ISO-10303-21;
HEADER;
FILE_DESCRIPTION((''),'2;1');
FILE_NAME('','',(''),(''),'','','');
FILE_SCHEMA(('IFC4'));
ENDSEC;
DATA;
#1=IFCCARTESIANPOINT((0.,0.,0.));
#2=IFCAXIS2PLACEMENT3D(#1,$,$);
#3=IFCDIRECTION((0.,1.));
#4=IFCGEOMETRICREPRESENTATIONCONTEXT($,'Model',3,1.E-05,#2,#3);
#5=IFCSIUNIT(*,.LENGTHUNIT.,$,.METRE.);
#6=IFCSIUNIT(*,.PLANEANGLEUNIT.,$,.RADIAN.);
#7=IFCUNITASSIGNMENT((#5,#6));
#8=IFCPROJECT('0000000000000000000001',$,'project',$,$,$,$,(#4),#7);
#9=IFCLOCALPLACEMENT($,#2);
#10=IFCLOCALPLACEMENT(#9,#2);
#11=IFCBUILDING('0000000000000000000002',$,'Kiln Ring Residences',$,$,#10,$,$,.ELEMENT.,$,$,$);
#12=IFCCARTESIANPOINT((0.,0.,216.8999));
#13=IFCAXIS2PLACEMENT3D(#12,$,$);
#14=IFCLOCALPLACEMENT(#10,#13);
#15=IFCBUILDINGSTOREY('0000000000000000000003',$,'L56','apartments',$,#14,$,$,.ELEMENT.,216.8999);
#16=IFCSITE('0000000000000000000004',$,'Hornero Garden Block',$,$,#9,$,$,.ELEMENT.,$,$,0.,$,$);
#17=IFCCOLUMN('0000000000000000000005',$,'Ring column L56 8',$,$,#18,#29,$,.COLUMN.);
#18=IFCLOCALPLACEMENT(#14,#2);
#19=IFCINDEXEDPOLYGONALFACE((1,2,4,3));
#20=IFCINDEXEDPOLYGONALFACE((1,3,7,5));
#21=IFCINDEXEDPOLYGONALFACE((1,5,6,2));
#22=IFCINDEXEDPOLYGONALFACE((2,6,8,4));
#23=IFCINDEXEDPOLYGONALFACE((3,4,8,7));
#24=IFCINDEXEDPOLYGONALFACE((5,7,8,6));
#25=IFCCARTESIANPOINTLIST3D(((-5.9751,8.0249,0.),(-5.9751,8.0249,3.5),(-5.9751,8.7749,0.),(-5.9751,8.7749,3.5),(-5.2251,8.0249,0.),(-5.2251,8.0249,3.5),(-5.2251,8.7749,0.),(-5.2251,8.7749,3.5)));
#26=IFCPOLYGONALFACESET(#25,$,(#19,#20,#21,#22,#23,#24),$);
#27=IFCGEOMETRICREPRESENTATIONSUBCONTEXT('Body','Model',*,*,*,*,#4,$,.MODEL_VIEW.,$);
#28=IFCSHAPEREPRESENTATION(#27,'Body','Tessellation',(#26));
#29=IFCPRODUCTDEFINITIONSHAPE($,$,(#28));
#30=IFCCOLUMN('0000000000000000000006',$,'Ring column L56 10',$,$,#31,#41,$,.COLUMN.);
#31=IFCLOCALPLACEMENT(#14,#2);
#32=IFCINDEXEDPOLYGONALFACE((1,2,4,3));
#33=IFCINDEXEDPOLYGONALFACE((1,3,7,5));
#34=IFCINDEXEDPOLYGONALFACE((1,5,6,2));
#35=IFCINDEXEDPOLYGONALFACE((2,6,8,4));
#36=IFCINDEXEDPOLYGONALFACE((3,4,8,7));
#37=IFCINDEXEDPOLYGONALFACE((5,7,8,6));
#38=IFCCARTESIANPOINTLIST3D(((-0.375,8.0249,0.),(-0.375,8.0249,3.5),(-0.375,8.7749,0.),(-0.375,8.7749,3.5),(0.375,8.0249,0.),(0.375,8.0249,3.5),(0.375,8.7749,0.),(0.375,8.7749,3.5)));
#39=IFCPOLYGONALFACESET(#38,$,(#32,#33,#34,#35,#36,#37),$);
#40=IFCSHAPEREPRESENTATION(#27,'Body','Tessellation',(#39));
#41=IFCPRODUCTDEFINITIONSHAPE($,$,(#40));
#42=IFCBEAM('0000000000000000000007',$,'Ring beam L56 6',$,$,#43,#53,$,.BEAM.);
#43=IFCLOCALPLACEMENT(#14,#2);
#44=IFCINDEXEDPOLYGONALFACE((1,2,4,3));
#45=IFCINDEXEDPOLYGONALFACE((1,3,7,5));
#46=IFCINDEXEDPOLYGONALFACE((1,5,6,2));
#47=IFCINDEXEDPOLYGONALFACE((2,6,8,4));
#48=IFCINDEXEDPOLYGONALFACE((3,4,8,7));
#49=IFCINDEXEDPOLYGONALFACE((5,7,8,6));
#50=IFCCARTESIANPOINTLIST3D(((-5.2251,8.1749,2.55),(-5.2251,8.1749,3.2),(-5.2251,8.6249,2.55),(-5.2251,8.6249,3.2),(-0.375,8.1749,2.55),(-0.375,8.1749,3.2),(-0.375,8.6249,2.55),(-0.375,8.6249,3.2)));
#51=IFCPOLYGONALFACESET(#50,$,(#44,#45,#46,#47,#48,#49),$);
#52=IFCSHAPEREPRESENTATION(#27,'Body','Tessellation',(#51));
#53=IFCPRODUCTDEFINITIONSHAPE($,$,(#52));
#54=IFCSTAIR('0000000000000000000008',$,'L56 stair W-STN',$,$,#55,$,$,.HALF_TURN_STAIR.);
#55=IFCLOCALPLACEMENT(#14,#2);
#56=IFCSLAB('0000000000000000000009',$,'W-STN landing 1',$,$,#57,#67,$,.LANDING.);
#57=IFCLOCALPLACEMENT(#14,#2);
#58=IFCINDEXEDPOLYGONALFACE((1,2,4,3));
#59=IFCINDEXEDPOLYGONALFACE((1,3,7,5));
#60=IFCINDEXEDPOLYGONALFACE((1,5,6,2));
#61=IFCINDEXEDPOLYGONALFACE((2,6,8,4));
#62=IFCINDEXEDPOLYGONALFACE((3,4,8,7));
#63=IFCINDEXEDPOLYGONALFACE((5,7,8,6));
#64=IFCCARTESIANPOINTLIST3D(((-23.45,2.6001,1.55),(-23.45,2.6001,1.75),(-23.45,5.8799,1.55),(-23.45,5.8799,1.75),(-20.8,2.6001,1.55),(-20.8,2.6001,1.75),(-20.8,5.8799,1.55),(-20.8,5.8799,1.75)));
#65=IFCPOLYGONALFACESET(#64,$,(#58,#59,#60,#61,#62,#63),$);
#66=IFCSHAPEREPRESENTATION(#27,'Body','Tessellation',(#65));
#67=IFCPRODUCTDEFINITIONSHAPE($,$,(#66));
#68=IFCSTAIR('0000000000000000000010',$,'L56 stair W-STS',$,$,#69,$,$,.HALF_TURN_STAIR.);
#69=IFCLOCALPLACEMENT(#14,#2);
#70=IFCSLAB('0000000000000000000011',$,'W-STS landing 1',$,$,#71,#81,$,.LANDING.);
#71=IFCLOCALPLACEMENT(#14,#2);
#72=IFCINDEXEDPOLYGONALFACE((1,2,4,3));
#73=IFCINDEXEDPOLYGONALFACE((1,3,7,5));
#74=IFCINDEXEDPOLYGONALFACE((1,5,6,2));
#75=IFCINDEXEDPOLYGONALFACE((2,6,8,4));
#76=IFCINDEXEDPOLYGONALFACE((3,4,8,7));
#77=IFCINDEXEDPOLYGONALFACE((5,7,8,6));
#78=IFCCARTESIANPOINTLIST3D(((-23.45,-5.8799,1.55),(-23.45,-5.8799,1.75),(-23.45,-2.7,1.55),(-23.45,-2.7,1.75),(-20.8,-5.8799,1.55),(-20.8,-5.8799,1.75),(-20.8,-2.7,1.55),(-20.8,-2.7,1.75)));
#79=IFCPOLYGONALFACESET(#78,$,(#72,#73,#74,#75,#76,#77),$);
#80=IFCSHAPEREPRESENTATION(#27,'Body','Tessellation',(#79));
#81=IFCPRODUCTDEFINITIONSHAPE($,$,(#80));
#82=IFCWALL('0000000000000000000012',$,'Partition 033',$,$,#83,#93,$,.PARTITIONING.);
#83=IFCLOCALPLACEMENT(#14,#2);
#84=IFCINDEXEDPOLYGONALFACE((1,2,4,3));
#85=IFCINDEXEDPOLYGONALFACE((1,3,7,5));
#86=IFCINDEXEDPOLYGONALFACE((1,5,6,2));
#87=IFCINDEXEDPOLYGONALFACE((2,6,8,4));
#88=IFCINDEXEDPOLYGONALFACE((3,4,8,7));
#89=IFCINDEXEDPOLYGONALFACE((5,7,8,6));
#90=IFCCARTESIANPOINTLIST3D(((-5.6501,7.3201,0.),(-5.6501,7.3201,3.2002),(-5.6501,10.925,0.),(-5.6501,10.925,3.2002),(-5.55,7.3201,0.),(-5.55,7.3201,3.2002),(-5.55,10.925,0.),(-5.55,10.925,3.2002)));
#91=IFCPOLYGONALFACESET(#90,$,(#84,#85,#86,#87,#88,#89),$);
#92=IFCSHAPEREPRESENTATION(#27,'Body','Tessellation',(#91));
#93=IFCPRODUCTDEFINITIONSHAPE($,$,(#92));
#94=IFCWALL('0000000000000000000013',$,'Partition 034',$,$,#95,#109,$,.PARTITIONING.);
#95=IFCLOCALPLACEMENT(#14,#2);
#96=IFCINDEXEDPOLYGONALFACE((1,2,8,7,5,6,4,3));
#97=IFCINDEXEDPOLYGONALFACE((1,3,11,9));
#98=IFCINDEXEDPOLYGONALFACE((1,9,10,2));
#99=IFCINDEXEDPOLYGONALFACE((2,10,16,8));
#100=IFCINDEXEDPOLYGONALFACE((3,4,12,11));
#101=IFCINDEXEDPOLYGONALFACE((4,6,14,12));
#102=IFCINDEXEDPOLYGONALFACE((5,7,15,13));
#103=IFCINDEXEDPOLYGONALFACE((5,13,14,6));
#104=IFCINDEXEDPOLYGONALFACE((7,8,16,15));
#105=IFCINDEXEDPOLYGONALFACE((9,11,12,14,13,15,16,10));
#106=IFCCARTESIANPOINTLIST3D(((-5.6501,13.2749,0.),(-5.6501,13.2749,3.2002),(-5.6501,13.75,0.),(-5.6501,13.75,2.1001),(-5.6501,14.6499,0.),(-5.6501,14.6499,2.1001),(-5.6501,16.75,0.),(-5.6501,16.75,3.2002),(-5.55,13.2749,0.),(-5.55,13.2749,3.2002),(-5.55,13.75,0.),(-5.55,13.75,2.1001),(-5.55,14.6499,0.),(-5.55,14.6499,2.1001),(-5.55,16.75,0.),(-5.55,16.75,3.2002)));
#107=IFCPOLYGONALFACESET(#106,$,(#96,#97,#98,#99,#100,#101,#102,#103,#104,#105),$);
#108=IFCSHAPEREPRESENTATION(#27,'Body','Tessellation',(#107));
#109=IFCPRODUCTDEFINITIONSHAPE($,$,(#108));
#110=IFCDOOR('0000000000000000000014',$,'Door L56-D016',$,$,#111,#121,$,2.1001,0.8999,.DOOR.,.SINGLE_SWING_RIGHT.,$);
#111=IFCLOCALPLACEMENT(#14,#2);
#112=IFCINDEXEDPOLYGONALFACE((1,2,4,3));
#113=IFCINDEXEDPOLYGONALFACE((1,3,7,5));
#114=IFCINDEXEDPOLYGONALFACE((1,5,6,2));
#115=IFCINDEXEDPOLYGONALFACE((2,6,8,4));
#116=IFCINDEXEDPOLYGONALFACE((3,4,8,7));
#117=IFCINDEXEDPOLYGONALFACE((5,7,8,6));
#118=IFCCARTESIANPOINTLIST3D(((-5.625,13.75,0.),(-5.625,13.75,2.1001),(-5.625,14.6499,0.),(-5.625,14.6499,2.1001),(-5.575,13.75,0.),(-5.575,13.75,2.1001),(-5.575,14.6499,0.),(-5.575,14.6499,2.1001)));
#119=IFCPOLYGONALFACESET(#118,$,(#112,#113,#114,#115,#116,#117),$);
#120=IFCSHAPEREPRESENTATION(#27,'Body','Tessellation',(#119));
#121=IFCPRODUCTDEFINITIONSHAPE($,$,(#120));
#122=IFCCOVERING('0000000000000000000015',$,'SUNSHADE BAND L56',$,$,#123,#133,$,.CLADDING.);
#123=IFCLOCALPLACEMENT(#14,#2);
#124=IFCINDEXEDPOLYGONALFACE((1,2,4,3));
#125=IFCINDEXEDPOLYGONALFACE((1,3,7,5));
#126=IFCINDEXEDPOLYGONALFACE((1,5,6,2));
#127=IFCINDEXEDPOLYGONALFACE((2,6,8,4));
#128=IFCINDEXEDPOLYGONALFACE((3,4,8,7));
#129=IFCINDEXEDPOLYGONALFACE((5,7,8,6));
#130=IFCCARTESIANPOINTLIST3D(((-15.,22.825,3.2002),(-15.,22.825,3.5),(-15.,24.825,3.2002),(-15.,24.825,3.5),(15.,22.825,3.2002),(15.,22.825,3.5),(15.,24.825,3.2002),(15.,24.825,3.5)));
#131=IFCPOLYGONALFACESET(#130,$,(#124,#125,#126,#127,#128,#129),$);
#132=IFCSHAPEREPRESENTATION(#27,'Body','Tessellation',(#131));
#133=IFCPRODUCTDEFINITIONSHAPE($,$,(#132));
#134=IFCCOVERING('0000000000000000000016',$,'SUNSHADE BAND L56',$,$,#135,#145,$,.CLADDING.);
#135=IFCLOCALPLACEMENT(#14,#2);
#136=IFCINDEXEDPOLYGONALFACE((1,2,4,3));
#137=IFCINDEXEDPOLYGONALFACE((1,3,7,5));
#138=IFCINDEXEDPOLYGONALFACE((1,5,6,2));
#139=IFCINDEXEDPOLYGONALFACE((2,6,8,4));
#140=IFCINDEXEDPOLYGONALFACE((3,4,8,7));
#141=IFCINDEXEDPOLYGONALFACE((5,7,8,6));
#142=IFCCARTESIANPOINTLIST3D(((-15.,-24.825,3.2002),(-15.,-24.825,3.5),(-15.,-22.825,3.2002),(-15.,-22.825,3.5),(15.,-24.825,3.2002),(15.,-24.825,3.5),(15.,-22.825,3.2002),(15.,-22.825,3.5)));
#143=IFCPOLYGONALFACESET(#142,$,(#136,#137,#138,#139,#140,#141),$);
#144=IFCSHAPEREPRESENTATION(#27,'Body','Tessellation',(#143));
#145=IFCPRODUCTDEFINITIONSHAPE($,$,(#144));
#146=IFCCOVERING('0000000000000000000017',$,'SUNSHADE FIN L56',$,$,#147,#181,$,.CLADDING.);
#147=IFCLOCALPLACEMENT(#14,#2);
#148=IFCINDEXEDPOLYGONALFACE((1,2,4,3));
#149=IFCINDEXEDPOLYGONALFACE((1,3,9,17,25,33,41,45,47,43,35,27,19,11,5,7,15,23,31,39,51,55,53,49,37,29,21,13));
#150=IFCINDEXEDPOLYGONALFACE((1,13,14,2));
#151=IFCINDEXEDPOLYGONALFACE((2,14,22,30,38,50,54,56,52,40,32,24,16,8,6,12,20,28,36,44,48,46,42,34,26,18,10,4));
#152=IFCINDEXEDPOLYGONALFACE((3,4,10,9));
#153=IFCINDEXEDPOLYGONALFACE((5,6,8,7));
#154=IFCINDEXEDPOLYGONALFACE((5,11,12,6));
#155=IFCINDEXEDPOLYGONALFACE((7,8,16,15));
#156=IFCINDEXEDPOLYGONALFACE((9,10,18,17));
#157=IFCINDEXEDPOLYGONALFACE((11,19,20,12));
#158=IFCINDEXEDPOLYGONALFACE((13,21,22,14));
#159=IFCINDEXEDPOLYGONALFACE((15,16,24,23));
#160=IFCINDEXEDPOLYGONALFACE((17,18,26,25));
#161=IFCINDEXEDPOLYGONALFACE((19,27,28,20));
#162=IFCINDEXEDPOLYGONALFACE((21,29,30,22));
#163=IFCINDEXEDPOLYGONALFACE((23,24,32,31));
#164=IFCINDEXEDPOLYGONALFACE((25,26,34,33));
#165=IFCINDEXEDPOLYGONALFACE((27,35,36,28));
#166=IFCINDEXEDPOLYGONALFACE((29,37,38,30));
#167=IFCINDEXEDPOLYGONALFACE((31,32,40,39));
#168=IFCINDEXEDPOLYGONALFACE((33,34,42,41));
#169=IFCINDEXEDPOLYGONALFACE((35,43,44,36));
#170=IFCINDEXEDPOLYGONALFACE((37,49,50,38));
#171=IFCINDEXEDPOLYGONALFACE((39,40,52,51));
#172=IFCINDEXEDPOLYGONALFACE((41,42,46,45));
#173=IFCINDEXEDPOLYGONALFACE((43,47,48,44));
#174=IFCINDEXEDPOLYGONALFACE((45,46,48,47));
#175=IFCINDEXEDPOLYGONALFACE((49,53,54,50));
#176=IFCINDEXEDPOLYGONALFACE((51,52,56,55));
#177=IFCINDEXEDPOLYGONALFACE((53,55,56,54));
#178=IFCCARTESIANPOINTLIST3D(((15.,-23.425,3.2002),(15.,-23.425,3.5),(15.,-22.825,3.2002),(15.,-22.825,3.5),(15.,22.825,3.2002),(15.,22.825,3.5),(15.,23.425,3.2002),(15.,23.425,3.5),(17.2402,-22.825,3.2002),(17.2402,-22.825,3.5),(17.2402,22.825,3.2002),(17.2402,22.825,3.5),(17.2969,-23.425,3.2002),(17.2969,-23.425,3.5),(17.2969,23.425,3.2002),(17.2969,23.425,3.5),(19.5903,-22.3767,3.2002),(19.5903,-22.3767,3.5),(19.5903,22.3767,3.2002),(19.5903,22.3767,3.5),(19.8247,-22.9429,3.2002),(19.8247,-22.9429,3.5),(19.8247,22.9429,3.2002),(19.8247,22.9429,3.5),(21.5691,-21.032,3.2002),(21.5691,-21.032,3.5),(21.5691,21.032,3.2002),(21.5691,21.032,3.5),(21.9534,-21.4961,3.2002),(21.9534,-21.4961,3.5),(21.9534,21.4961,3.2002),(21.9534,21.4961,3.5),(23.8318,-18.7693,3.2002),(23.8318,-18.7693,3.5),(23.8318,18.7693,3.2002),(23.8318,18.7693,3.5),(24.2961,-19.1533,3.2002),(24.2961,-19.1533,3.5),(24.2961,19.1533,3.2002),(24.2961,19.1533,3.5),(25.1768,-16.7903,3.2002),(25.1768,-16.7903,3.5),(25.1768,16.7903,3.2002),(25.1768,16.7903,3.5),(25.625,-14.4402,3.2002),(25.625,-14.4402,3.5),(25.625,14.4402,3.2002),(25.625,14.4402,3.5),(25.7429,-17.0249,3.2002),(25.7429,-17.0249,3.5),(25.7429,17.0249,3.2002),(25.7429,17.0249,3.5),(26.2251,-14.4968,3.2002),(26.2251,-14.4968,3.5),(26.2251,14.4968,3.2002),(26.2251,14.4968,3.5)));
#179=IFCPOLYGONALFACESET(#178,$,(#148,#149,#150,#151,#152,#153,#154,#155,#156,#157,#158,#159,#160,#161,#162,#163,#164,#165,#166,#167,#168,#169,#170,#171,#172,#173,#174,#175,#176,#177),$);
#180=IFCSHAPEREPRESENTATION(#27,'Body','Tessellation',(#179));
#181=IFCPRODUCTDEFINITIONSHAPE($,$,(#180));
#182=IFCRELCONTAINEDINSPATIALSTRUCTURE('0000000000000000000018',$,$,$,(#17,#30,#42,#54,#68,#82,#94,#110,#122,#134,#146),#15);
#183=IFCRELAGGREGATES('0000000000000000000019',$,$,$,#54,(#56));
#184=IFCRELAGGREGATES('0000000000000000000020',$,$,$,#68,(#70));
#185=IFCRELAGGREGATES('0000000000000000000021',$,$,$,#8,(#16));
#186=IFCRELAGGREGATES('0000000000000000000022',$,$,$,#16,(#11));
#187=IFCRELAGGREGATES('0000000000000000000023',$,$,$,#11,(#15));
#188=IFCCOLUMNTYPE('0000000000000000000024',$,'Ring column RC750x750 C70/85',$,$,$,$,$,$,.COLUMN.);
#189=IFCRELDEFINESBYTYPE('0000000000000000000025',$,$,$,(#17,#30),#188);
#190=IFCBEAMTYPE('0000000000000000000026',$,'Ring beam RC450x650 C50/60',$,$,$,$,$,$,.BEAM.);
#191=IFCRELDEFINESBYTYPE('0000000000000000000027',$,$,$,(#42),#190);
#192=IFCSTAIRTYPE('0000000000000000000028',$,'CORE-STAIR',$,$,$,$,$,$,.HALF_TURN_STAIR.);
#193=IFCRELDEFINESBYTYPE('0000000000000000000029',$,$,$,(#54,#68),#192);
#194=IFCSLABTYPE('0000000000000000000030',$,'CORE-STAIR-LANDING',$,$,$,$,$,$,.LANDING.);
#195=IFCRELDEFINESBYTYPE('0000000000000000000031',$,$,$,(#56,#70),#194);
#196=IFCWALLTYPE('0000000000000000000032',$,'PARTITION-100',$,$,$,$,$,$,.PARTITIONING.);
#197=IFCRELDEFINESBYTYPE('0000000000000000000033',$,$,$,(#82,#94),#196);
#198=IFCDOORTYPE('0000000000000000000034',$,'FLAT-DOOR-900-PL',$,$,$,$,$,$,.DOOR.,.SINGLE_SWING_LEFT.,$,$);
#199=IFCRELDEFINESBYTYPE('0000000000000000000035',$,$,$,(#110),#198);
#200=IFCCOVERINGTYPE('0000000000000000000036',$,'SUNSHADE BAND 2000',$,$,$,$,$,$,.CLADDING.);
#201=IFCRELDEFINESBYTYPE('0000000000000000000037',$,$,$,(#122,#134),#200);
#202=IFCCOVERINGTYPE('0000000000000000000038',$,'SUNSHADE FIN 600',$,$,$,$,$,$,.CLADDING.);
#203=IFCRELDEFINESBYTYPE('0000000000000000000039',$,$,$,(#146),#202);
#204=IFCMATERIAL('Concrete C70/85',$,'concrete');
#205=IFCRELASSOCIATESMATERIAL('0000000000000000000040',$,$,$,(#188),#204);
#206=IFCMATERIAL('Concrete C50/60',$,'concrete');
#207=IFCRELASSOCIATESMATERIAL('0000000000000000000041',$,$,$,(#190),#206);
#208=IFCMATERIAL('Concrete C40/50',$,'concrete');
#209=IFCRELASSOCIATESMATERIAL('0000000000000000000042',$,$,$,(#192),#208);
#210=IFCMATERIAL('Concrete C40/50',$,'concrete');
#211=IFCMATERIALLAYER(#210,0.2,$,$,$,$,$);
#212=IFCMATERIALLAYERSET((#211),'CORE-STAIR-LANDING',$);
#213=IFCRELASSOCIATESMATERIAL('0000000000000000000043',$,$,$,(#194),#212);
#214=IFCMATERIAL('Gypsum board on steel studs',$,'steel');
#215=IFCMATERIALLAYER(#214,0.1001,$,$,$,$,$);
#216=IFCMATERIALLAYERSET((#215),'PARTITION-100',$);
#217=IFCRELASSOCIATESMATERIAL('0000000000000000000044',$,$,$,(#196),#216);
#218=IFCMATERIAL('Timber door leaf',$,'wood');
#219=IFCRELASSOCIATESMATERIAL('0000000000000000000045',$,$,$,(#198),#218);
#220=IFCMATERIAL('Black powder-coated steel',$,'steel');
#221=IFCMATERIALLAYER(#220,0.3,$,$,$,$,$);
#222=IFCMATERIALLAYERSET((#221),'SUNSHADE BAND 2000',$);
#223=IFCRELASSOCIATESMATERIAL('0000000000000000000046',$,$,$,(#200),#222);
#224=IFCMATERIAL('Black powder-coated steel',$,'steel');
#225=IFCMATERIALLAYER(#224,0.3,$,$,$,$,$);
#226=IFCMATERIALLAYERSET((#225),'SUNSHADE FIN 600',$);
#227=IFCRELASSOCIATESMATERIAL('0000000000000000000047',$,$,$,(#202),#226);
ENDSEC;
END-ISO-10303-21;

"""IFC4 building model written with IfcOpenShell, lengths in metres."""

from ifc_helpers import new_model, si_unit, direction, frame, frame_2d, origin, origin_2d, place, context, subcontext, project, spatial, polyline, rectangle, outline, extrude, material, layer, layer_set, material_profile, profile_set, type_object, element, fill, aggregate, save


model = new_model("IFC4")

# Units and contexts
model_context = context("Model", 3, precision=1e-05, world=origin(), true_north=direction((0.0, 1.0)))
body_context = subcontext(model_context, "Body", "Model", "MODEL_VIEW")
ifc_project = project(units=[si_unit("LENGTHUNIT", "METRE"), si_unit("PLANEANGLEUNIT", "RADIAN")], contexts=[model_context])

# Site, building, storey
site_placement = place(None, origin())
site = spatial("IfcSite", under=ifc_project, at=site_placement, Name="Hornero Garden Block", CompositionType="ELEMENT", RefElevation=0.0)
building_placement = place(site_placement, origin())
building = spatial("IfcBuilding", under=site, at=building_placement, Name="Kiln Ring Residences", CompositionType="ELEMENT")
storey_placement = place(building_placement, frame((0.0, 0.0, 216.8999)))
storey = spatial("IfcBuildingStorey", under=building, at=storey_placement, Name="L56", Description="apartments", CompositionType="ELEMENT", Elevation=216.8999)

# Columns
ifc_material_1 = material(Name="Concrete C70/85", Category="concrete")
ifc_material_profile_1 = material_profile(ifc_material_1, rectangle(XDim=0.75, YDim=0.75, at=origin_2d()), Name="RC750x750")
ifc_profile_set_1 = profile_set([ifc_material_profile_1], Name="Concrete C70/85")
column_type = type_object("IfcColumnType", Name="Ring column RC750x750 C70/85", PredefinedType="COLUMN", material=ifc_profile_set_1)
for number, where, z_axis, x_axis, name in (
    (1, (-5.6001, 8.3999, 0.0), (0.0, 0.0, 1.0), (1.0, 0.0, 0.0), "Ring column L56 8"),
    (2, (0.0, 8.3999, 0.0), (0.0, 0.0, 1.0), (1.0, 0.0, 0.0), "Ring column L56 10"),
):
    element("IfcColumn", number, at=place(storey_placement, frame(where, z_axis=z_axis, x_axis=x_axis)), inside=storey, type_object=column_type, Name=name, PredefinedType="COLUMN", context=body_context, shape_type="SweptSolid", body=[
        extrude(rectangle(XDim=0.75, YDim=0.75, at=origin_2d()), origin(), (0.0, 0.0, 1.0), 3.5),
    ])

# Beam
ifc_material_2 = material(Name="Concrete C50/60", Category="concrete")
ifc_material_profile_2 = material_profile(ifc_material_2, rectangle(XDim=0.45, YDim=0.6499, at=origin_2d()), Name="RC450x650")
ifc_profile_set_2 = profile_set([ifc_material_profile_2], Name="Concrete C50/60")
beam_type = type_object("IfcBeamType", Name="Ring beam RC450x650 C50/60", PredefinedType="BEAM", material=ifc_profile_set_2)
beam_placement = place(storey_placement, frame((-5.2251, 8.3999, 2.875), z_axis=(1.0, 0.0, 0.0), x_axis=(0.0, 1.0, 0.0)))
element("IfcBeam", 3, at=beam_placement, inside=storey, type_object=beam_type, Name="Ring beam L56 6", PredefinedType="BEAM", context=body_context, shape_type="SweptSolid", body=[
    extrude(rectangle(XDim=0.45, YDim=0.6499, at=origin_2d()), origin(), (0.0, 0.0, 1.0), 4.8501),
])

# Stairs, slabs
ifc_material_3 = material(Name="Concrete C40/50", Category="concrete")
stair_type = type_object("IfcStairType", Name="CORE-STAIR", PredefinedType="HALF_TURN_STAIR", material=ifc_material_3)
placement_1 = place(storey_placement, origin())
stair_1 = element("IfcStair", 4, at=placement_1, inside=storey, type_object=stair_type, Name="L56 stair W-STN", PredefinedType="HALF_TURN_STAIR")
ifc_material_4 = material(Name="Concrete C40/50", Category="concrete")
ifc_layer_1 = layer(ifc_material_4, 0.2)
ifc_layer_set_1 = layer_set([ifc_layer_1], Name="CORE-STAIR-LANDING")
slab_type = type_object("IfcSlabType", Name="CORE-STAIR-LANDING", PredefinedType="LANDING", material=ifc_layer_set_1)
placement_2 = place(storey_placement, frame((0.0, 0.0, 1.55)))
slab_1 = element("IfcSlab", 5, at=placement_2, type_object=slab_type, Name="W-STN landing 1", PredefinedType="LANDING", context=body_context, shape_type="SweptSolid", body=[
    extrude(outline(polyline([(-23.45, 5.8799), (-23.45, 2.6001), (-20.8, 2.6001), (-20.8, 5.8799), (-23.45, 5.8799)])), origin(), (0.0, 0.0, 1.0), 0.2),
])
aggregate(stair_1, [slab_1])
stair_2 = element("IfcStair", 6, at=placement_1, inside=storey, type_object=stair_type, Name="L56 stair W-STS", PredefinedType="HALF_TURN_STAIR")
slab_2 = element("IfcSlab", 7, at=placement_2, type_object=slab_type, Name="W-STS landing 1", PredefinedType="LANDING", context=body_context, shape_type="SweptSolid", body=[
    extrude(outline(polyline([(-20.8, -5.8799), (-20.8, -2.7), (-23.45, -2.7), (-23.45, -5.8799), (-20.8, -5.8799)])), origin(), (0.0, 0.0, 1.0), 0.2),
])
aggregate(stair_2, [slab_2])

# Wall
ifc_material_5 = material(Name="Gypsum board on steel studs", Category="steel")
ifc_layer_2 = layer(ifc_material_5, 0.1001)
ifc_layer_set_2 = layer_set([ifc_layer_2], Name="PARTITION-100")
wall_type = type_object("IfcWallType", Name="PARTITION-100", PredefinedType="PARTITIONING", material=ifc_layer_set_2)
wall_1_placement = place(storey_placement, frame((-5.6001, 7.3201, 0.0), z_axis=(0.0, 0.0, 1.0), x_axis=(0.0, 1.0, 0.0)))
element("IfcWall", 8, at=wall_1_placement, inside=storey, type_object=wall_type, Name="Partition 033", PredefinedType="PARTITIONING", context=body_context, shape_type="SweptSolid", body=[
    extrude(rectangle(XDim=3.605, YDim=0.1001, at=frame_2d((1.8025, 0.0))), origin(), (0.0, 0.0, 1.0), 3.2002),
])

# Wall, opening, door
wall_2_placement = place(storey_placement, frame((-5.6001, 13.2749, 0.0), z_axis=(0.0, 0.0, 1.0), x_axis=(0.0, 1.0, 0.0)))
wall_2 = element("IfcWall", 9, at=wall_2_placement, inside=storey, type_object=wall_type, Name="Partition 034", PredefinedType="PARTITIONING", context=body_context, shape_type="SweptSolid", body=[
    extrude(rectangle(XDim=3.4751, YDim=0.1001, at=frame_2d((1.7375, 0.0))), origin(), (0.0, 0.0, 1.0), 3.2002),
])
opening_placement = place(wall_2_placement, frame((0.4751, 0.0, 0.0)))
opening = element("IfcOpeningElement", 10, at=opening_placement, cuts=wall_2, PredefinedType="OPENING", context=body_context, shape_type="SweptSolid", body=[
    extrude(rectangle(XDim=0.8999, YDim=2.1001, at=frame_2d((0.45, 1.05))), frame((0.0, 0.0601, 0.0), z_axis=(0.0, -1.0, 0.0), x_axis=(1.0, 0.0, 0.0)), (0.0, 0.0, 1.0), 0.1201),
])
ifc_material_6 = material(Name="Timber door leaf", Category="wood")
door_type = type_object("IfcDoorType", Name="FLAT-DOOR-900-PL", OperationType="SINGLE_SWING_LEFT", PredefinedType="DOOR", material=ifc_material_6)
door_placement = place(opening_placement, origin())
door = element("IfcDoor", 11, at=door_placement, inside=storey, type_object=door_type, Name="Door L56-D016", OperationType="SINGLE_SWING_RIGHT", OverallHeight=2.1001, OverallWidth=0.8999, PredefinedType="DOOR", context=body_context, shape_type="SweptSolid", body=[
    extrude(rectangle(XDim=0.8999, YDim=2.1001, at=frame_2d((0.45, 1.05))), frame((0.0, 0.0249, 0.0), z_axis=(0.0, -1.0, 0.0), x_axis=(1.0, 0.0, 0.0)), (0.0, 0.0, 1.0), 0.05),
])
fill(opening, door)

# Coverings
ifc_material_7 = material(Name="Black powder-coated steel", Category="steel")
ifc_layer_3 = layer(ifc_material_7, 0.3)
ifc_layer_set_3 = layer_set([ifc_layer_3], Name="SUNSHADE BAND 2000")
covering_type_1 = type_object("IfcCoveringType", Name="SUNSHADE BAND 2000", PredefinedType="CLADDING", material=ifc_layer_set_3)
placement_3 = place(storey_placement, frame((0.0, 0.0, 3.2002)))
element("IfcCovering", 12, at=placement_3, inside=storey, type_object=covering_type_1, Name="SUNSHADE BAND L56", PredefinedType="CLADDING", context=body_context, shape_type="SweptSolid", body=[
    extrude(outline(polyline([(15.0, 24.825), (-15.0, 24.825), (-15.0, 22.825), (15.0, 22.825), (15.0, 24.825)])), origin(), (0.0, 0.0, 1.0), 0.2998),
])
element("IfcCovering", 13, at=placement_3, inside=storey, type_object=covering_type_1, Name="SUNSHADE BAND L56", PredefinedType="CLADDING", context=body_context, shape_type="SweptSolid", body=[
    extrude(outline(polyline([(-15.0, -24.825), (15.0, -24.825), (15.0, -22.825), (-15.0, -22.825), (-15.0, -24.825)])), origin(), (0.0, 0.0, 1.0), 0.2998),
])
ifc_material_8 = material(Name="Black powder-coated steel", Category="steel")
ifc_layer_4 = layer(ifc_material_8, 0.3)
ifc_layer_set_4 = layer_set([ifc_layer_4], Name="SUNSHADE FIN 600")
covering_type_2 = type_object("IfcCoveringType", Name="SUNSHADE FIN 600", PredefinedType="CLADDING", material=ifc_layer_set_4)
element("IfcCovering", 14, at=placement_3, inside=storey, type_object=covering_type_2, Name="SUNSHADE FIN L56", PredefinedType="CLADDING", context=body_context, shape_type="SweptSolid", body=[
    extrude(outline(polyline([(17.2969, 23.425), (15.0, 23.425), (15.0, 22.825), (17.2402, 22.825), (19.5903, 22.3767), (21.5691, 21.032), (23.8318, 18.7693), (25.1768, 16.7903), (25.625, 14.4402), (25.625, -14.4402), (25.1768, -16.7903), (23.8318, -18.7693), (21.5691, -21.032), (19.5903, -22.3767), (17.2402, -22.825), (15.0, -22.825), (15.0, -23.425), (17.2969, -23.425), (19.8247, -22.9429), (21.9534, -21.4961), (24.2961, -19.1533), (25.7429, -17.0249), (26.2251, -14.4968), (26.2251, 14.4968), (25.7429, 17.0249), (24.2961, 19.1533), (21.9534, 21.4961), (19.8247, 22.9429), (17.2969, 23.425)])), origin(), (0.0, 0.0, 1.0), 0.2998),
])

save(model, "model.ifc")
